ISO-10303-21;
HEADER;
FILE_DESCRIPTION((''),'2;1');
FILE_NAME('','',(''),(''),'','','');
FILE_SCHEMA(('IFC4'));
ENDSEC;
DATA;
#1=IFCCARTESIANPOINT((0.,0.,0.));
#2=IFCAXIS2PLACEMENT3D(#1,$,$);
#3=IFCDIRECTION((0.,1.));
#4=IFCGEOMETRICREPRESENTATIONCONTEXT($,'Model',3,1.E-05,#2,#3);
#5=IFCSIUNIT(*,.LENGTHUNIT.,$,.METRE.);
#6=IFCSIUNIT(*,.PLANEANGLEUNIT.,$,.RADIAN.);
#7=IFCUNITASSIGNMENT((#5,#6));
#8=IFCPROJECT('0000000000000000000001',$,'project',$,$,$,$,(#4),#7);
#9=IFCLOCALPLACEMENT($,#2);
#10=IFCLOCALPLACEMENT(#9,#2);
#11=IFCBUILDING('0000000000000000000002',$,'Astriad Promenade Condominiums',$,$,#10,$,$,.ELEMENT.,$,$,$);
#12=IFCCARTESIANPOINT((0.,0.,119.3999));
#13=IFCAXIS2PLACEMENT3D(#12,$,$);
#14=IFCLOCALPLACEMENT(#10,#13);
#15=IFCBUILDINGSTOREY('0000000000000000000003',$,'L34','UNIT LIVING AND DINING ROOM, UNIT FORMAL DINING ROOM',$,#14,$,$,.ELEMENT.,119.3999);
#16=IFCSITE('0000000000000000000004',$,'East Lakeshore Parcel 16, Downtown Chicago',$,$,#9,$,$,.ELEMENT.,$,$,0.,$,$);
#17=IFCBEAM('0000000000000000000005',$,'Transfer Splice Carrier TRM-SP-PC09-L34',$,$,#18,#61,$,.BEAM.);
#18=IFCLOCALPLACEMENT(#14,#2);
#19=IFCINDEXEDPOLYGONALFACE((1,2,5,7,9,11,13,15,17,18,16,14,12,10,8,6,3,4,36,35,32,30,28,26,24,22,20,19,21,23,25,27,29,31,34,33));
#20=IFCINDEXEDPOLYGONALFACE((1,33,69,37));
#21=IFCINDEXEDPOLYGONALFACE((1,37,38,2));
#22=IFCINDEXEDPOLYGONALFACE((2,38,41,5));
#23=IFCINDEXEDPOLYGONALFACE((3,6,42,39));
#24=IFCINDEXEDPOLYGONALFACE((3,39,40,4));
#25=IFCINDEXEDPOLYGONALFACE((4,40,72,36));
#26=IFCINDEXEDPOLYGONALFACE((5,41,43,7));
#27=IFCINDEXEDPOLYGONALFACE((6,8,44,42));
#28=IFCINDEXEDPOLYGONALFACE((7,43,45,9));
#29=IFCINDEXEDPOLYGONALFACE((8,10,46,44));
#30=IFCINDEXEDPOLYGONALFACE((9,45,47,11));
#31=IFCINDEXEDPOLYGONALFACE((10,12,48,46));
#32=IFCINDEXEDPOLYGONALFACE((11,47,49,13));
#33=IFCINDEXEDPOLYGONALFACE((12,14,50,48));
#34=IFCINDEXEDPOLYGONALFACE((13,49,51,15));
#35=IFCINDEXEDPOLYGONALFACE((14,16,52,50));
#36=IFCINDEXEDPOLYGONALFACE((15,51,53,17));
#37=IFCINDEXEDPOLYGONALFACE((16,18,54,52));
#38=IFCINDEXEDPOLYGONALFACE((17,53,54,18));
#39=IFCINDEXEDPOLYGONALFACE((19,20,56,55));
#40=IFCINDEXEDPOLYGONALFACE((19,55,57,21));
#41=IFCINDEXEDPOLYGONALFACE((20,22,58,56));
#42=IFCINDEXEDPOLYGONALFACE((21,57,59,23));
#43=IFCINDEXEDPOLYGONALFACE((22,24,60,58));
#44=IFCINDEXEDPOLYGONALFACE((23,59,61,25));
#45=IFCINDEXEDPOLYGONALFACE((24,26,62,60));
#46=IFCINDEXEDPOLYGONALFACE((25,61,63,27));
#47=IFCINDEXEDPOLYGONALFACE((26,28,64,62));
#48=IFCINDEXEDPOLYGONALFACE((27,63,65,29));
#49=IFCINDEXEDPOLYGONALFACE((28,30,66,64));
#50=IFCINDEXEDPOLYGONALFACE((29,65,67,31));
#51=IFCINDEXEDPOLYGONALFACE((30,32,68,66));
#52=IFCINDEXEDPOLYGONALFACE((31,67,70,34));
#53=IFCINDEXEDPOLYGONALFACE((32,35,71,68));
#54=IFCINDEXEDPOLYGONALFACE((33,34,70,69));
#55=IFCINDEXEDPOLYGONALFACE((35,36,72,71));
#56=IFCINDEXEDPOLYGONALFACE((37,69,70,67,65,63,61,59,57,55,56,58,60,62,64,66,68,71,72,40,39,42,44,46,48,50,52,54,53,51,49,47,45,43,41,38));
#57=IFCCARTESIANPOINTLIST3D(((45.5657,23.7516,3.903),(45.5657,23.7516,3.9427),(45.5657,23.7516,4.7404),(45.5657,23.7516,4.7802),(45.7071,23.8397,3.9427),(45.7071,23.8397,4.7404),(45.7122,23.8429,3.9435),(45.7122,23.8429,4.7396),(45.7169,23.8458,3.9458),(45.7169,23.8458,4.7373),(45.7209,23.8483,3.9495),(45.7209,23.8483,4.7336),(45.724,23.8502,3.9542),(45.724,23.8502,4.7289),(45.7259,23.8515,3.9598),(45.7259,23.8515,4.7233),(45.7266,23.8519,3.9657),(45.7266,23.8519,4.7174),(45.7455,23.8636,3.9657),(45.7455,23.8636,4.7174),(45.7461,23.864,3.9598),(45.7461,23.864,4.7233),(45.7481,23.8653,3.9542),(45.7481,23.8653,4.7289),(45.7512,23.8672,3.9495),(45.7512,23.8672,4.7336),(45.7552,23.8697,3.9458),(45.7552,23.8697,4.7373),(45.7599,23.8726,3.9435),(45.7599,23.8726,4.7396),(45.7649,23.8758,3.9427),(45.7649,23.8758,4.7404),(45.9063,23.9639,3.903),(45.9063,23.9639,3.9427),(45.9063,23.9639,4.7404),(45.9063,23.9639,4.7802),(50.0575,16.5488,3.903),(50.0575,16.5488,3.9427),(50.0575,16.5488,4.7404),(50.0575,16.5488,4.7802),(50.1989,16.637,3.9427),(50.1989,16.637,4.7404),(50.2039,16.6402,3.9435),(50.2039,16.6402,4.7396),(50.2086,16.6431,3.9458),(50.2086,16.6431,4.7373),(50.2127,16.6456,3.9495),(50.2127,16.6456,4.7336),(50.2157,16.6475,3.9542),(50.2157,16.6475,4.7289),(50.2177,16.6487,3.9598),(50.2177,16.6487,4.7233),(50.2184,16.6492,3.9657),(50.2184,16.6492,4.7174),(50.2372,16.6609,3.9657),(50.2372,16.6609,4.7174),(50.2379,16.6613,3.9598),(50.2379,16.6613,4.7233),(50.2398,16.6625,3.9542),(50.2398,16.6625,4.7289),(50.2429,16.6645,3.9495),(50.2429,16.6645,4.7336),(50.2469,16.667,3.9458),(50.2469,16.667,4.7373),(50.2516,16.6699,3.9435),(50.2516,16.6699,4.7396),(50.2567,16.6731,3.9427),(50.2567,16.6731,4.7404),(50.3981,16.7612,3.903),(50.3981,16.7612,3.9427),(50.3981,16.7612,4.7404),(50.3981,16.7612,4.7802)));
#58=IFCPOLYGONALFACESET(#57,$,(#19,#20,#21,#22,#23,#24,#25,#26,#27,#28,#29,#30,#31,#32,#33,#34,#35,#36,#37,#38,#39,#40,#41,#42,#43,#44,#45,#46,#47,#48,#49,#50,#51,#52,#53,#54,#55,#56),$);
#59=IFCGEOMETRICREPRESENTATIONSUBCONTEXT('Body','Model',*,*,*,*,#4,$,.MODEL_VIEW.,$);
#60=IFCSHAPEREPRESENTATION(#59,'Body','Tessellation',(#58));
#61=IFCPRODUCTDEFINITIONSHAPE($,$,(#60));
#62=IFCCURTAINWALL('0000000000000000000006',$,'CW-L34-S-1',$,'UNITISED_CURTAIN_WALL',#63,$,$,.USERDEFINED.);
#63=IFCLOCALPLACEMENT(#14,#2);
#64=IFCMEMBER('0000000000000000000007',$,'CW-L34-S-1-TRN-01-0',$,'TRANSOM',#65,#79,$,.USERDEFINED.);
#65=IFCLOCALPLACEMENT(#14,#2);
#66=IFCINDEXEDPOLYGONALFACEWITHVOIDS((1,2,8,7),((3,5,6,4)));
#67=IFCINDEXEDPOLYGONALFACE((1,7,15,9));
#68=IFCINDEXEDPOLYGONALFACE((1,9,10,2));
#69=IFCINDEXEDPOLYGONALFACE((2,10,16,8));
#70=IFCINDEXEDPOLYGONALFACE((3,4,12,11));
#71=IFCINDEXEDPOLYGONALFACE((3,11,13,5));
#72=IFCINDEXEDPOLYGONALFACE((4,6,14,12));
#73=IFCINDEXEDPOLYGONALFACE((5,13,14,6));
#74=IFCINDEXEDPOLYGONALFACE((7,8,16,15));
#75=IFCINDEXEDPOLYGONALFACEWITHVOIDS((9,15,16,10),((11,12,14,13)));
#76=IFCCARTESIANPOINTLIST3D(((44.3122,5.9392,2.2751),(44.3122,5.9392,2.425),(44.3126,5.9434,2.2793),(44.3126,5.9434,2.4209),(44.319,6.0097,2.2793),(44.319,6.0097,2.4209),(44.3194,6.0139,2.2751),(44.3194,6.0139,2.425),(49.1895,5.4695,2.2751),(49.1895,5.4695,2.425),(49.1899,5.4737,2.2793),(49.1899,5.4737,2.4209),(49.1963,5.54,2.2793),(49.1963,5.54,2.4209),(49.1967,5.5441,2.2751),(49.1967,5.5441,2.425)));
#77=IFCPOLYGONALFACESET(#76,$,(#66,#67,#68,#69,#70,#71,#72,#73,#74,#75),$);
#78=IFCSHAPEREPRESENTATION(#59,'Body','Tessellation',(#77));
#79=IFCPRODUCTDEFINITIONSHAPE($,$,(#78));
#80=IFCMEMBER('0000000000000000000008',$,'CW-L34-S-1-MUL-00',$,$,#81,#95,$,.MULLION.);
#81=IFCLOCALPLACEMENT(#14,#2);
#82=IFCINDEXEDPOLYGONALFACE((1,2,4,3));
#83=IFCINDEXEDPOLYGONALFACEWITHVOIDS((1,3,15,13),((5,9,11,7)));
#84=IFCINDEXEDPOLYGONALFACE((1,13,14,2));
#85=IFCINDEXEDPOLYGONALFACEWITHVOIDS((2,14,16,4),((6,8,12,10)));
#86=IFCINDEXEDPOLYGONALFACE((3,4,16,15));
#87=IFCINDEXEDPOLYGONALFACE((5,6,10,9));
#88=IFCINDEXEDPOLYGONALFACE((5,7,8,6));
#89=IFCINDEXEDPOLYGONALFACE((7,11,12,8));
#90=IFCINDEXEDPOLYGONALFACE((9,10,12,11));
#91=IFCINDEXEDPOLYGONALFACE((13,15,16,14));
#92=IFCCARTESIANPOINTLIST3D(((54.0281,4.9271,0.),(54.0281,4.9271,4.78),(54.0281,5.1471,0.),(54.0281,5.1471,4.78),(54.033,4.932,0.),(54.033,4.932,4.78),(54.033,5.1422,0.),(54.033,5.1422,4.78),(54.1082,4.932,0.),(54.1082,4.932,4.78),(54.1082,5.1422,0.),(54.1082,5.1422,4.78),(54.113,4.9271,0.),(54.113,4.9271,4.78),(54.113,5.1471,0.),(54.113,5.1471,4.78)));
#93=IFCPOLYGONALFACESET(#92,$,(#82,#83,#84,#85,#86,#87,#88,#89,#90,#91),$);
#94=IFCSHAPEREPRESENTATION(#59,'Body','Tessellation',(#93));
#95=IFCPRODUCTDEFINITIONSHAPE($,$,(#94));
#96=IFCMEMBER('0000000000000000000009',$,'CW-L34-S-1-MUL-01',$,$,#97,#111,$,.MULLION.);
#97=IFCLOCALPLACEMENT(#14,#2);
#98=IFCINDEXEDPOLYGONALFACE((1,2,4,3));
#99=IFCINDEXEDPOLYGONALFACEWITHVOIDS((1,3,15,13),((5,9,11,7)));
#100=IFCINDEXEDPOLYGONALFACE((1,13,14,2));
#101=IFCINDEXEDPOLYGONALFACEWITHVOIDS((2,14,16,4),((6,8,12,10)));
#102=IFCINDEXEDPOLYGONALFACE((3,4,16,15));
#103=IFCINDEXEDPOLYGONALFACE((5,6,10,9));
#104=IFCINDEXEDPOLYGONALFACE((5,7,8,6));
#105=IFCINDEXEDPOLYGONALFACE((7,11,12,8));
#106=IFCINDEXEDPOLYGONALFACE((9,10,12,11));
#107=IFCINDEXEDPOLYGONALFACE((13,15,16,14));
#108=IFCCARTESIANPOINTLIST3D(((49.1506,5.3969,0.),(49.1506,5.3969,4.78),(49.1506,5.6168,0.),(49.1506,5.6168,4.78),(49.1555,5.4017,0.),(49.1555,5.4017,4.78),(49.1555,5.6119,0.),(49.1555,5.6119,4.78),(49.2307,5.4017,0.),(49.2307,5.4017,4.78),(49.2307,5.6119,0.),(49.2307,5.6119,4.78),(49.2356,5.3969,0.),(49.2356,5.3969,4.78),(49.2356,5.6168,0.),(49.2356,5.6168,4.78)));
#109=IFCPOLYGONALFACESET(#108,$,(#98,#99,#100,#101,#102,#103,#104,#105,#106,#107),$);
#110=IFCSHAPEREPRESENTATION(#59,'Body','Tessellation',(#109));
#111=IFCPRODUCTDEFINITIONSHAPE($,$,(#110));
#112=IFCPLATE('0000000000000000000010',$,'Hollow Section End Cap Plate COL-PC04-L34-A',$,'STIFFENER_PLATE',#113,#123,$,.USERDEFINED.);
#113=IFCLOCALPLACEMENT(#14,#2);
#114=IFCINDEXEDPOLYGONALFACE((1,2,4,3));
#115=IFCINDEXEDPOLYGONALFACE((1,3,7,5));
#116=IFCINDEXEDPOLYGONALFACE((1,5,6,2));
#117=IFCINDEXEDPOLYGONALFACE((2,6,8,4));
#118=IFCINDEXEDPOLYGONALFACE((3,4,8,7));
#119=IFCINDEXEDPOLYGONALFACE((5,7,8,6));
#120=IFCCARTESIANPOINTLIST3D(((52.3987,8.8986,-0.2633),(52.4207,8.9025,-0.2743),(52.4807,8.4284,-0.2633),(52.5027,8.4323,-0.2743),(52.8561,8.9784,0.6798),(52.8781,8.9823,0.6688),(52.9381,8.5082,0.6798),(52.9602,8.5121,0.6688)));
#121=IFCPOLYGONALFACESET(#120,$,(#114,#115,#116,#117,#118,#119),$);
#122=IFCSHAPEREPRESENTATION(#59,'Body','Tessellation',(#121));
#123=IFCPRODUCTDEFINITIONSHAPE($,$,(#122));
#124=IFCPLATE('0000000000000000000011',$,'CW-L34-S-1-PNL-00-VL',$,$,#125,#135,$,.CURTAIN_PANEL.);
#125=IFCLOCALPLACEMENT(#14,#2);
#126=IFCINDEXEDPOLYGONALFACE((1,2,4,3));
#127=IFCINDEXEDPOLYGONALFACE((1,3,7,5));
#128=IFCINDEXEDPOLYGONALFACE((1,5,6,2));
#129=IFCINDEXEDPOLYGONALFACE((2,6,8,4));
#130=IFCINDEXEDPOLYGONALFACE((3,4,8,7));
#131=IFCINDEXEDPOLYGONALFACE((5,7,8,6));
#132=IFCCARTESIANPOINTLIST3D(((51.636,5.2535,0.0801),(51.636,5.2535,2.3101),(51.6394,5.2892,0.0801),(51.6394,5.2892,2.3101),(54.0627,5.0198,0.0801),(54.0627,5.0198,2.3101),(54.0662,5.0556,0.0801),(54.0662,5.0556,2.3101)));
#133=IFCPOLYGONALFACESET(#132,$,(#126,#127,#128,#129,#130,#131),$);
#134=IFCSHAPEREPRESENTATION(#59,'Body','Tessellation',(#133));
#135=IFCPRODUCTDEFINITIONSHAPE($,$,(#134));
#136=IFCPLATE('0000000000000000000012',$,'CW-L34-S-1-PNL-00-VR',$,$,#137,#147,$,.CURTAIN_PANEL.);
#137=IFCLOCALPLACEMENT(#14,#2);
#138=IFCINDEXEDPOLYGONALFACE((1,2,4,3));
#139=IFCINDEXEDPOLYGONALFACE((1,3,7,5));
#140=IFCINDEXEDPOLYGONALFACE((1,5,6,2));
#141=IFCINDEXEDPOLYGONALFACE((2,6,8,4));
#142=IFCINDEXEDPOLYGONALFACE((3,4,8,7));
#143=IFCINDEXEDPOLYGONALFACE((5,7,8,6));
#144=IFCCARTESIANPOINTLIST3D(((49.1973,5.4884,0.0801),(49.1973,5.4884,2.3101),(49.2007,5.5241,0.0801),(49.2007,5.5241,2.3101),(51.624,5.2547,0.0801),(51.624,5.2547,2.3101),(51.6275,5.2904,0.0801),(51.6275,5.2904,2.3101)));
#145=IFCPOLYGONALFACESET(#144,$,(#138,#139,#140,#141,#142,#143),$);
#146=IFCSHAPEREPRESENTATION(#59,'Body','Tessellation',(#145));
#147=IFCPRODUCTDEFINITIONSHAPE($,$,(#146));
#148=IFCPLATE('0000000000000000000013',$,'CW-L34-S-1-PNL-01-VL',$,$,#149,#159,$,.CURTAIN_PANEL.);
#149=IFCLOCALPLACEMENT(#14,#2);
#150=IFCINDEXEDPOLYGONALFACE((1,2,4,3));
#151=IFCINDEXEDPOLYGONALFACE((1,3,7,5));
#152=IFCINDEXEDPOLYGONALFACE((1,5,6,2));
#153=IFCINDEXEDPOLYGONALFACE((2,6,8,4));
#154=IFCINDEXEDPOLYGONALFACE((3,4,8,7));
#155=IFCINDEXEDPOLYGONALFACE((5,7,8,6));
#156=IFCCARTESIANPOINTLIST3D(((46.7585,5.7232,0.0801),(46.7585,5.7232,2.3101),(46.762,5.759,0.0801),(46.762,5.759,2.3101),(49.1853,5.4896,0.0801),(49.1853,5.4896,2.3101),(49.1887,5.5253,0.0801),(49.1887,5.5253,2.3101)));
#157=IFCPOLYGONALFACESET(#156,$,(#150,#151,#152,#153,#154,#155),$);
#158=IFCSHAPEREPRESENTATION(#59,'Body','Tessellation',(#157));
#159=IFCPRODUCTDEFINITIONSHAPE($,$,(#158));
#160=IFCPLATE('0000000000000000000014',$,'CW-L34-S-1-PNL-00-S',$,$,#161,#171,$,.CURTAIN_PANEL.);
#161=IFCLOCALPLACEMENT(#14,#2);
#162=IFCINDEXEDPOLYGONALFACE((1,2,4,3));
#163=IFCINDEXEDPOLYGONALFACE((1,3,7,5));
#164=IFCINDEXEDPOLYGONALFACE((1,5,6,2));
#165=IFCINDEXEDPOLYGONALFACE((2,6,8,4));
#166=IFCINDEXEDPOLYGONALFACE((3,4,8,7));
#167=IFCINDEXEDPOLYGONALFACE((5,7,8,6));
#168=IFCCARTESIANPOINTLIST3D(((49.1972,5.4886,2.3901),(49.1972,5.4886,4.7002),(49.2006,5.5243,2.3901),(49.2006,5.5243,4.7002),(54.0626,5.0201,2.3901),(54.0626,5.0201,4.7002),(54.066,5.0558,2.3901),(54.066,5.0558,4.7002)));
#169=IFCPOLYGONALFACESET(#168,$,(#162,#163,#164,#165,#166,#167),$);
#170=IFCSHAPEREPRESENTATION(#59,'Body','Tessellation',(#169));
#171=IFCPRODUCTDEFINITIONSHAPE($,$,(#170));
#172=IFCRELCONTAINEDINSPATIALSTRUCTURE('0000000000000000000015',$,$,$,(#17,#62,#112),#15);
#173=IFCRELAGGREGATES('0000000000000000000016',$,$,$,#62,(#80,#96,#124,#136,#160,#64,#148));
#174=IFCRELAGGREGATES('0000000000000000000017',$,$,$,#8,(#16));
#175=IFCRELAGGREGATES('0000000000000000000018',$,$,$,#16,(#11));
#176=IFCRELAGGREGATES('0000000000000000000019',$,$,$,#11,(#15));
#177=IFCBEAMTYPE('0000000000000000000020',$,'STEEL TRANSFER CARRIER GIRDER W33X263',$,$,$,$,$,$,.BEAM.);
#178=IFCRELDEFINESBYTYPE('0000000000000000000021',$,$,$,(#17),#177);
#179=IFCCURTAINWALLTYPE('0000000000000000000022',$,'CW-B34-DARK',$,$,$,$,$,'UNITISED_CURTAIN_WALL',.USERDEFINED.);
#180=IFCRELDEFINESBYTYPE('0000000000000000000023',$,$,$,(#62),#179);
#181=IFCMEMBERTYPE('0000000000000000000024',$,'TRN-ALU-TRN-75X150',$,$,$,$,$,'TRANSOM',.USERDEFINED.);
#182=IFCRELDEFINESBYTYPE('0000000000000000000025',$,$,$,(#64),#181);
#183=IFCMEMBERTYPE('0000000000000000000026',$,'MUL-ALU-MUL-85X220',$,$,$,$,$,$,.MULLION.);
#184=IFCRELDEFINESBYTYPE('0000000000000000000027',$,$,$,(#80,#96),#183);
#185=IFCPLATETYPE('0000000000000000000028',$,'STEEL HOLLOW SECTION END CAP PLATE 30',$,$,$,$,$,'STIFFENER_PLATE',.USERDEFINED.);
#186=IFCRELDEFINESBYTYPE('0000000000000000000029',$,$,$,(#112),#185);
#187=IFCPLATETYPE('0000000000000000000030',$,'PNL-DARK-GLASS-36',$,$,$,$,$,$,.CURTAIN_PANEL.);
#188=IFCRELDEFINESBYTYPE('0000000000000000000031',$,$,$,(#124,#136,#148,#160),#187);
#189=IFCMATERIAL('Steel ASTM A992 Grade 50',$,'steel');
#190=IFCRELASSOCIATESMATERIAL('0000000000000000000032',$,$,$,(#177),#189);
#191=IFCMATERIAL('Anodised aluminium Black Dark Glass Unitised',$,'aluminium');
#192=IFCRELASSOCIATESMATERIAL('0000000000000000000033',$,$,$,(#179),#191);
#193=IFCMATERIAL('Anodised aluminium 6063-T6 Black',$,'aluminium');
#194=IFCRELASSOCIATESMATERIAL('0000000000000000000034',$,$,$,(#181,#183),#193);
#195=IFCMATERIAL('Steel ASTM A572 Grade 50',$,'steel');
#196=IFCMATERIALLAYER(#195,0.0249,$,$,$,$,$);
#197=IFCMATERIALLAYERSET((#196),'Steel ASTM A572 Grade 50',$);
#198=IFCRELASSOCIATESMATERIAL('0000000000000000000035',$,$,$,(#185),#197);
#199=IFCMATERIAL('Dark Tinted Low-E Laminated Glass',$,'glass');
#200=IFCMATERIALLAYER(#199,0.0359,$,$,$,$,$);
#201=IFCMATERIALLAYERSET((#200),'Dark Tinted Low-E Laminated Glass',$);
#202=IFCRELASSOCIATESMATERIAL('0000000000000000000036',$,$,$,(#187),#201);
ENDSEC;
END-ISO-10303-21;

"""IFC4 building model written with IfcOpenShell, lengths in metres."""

from ifc_helpers import new_model, si_unit, direction, frame, origin, origin_2d, place, context, subcontext, project, spatial, rectangle, hollow_rectangle, i_section, extrude, source, transform, mapped, material, layer, layer_set, material_profile, profile_set, type_object, type_shapes, element, aggregate, save


model = new_model("IFC4")

# Units and contexts
model_context = context("Model", 3, precision=1e-05, world=origin(), true_north=direction((0.0, 1.0)))
body_context = subcontext(model_context, "Body", "Model", "MODEL_VIEW")
ifc_project = project(units=[si_unit("LENGTHUNIT", "METRE"), si_unit("PLANEANGLEUNIT", "RADIAN")], contexts=[model_context])

# Site, building, storey
site_placement = place(None, origin())
site = spatial("IfcSite", under=ifc_project, at=site_placement, Name="East Lakeshore Parcel 16, Downtown Chicago", CompositionType="ELEMENT", RefElevation=0.0)
building_placement = place(site_placement, origin())
building = spatial("IfcBuilding", under=site, at=building_placement, Name="Astriad Promenade Condominiums", CompositionType="ELEMENT")
storey_placement = place(building_placement, frame((0.0, 0.0, 119.3999)))
storey = spatial("IfcBuildingStorey", under=building, at=storey_placement, Name="L34", Description="UNIT LIVING AND DINING ROOM, UNIT FORMAL DINING ROOM", CompositionType="ELEMENT", Elevation=119.3999)

# Shared definitions
ifc_material_1 = material(Name="Steel ASTM A992 Grade 50", Category="steel")

# Beam
ifc_material_profile_1 = material_profile(ifc_material_1, i_section(OverallWidth=0.4014, OverallDepth=0.8772, WebThickness=0.0222, FlangeThickness=0.0398, FilletRadius=0.0229, at=origin_2d()), Name="W33X263")
ifc_profile_set_1 = profile_set([ifc_material_profile_1], Name="Steel ASTM A992 Grade 50")
beam_type_1 = type_object("IfcBeamType", Name="STEEL TRANSFER CARRIER GIRDER W33X263", PredefinedType="BEAM", material=ifc_profile_set_1)
shared_shape_1 = source(origin(), body_context, "Body", "SweptSolid", [
    extrude(i_section(OverallWidth=0.4014, OverallDepth=0.8772, WebThickness=0.0222, FlangeThickness=0.0398, FilletRadius=0.0229, at=origin_2d()), origin(), (0.0, 0.0, 1.0), 8.4885),
])
beam_1_placement = place(storey_placement, frame((50.2278, 16.655, 4.3416), z_axis=(-0.529156, 0.848525, 0.0), x_axis=(-0.848525, -0.529156, 0.0)))
element("IfcBeam", 1, at=beam_1_placement, inside=storey, type_object=beam_type_1, Name="Transfer Splice Carrier TRM-SP-PC09-L34", PredefinedType="BEAM", context=body_context, shape_type="MappedRepresentation", body=[
    mapped(shared_shape_1, transform((0.0, 0.0, 0.0), scale=1.0)),
])

# Curtain wall, members
ifc_material_2 = material(Name="Anodised aluminium Black Dark Glass Unitised", Category="aluminium")
curtain_wall_type = type_object("IfcCurtainWallType", Name="CW-B34-DARK", ElementType="UNITISED_CURTAIN_WALL", PredefinedType="USERDEFINED", material=ifc_material_2)
curtain_wall_placement = place(storey_placement, origin())
curtain_wall = element("IfcCurtainWall", 2, at=curtain_wall_placement, inside=storey, type_object=curtain_wall_type, Name="CW-L34-S-1", ObjectType="UNITISED_CURTAIN_WALL", PredefinedType="USERDEFINED")
ifc_material_3 = material(Name="Anodised aluminium 6063-T6 Black", Category="aluminium")
ifc_material_profile_2 = material_profile(ifc_material_3, hollow_rectangle(XDim=0.075, YDim=0.1499, WallThickness=0.0042, at=origin_2d()), Name="ALU-TRN-75X150")
ifc_profile_set_2 = profile_set([ifc_material_profile_2], Name="Anodised aluminium 6063-T6 Black")
member_type_1 = type_object("IfcMemberType", Name="TRN-ALU-TRN-75X150", ElementType="TRANSOM", PredefinedType="USERDEFINED", material=ifc_profile_set_2)
shared_shape_2 = source(origin(), body_context, "Body", "SweptSolid", [
    extrude(hollow_rectangle(XDim=0.075, YDim=0.1499, WallThickness=0.0042, at=origin_2d()), origin(), (0.0, 0.0, 1.0), 4.8999),
])
type_shapes(member_type_1, [shared_shape_2])
member_1_placement = place(storey_placement, frame((49.1931, 5.5068, 2.3501), z_axis=(-0.995395, 0.095862, 0.0), x_axis=(-0.095862, -0.995395, 0.0)))
member_1 = element("IfcMember", 3, at=member_1_placement, type_object=member_type_1, Name="CW-L34-S-1-TRN-01-0", ObjectType="TRANSOM", PredefinedType="USERDEFINED", context=body_context, shape_type="MappedRepresentation", body=[
    mapped(shared_shape_2, transform((0.0, 0.0, 0.0), scale=1.0)),
])
ifc_material_profile_3 = material_profile(ifc_material_3, hollow_rectangle(XDim=0.085, YDim=0.22, WallThickness=0.0049, at=origin_2d()), Name="ALU-MUL-85X220")
ifc_profile_set_3 = profile_set([ifc_material_profile_3], Name="Anodised aluminium 6063-T6 Black")
member_type_2 = type_object("IfcMemberType", Name="MUL-ALU-MUL-85X220", PredefinedType="MULLION", material=ifc_profile_set_3)
shared_shape_3 = source(origin(), body_context, "Body", "SweptSolid", [
    extrude(hollow_rectangle(XDim=0.085, YDim=0.22, WallThickness=0.0049, at=origin_2d()), origin(), (0.0, 0.0, 1.0), 4.78),
])
type_shapes(member_type_2, [shared_shape_3])
member_2_placement = place(storey_placement, frame((54.0706, 5.0371, 0.0), z_axis=(0.0, 0.0, 1.0), x_axis=(1.0, 0.0, 0.0)))
member_2 = element("IfcMember", 4, at=member_2_placement, type_object=member_type_2, Name="CW-L34-S-1-MUL-00", PredefinedType="MULLION", context=body_context, shape_type="MappedRepresentation", body=[
    mapped(shared_shape_3, transform((0.0, 0.0, 0.0), scale=1.0)),
])
member_3_placement = place(storey_placement, frame((49.1931, 5.5068, 0.0), z_axis=(0.0, 0.0, 1.0), x_axis=(1.0, 0.0, 0.0)))
member_3 = element("IfcMember", 5, at=member_3_placement, type_object=member_type_2, Name="CW-L34-S-1-MUL-01", PredefinedType="MULLION", context=body_context, shape_type="MappedRepresentation", body=[
    mapped(shared_shape_3, transform((0.0, 0.0, 0.0), scale=1.0)),
])

# Plates
ifc_material_4 = material(Name="Steel ASTM A572 Grade 50", Category="steel")
ifc_layer_1 = layer(ifc_material_4, 0.0249)
ifc_layer_set_1 = layer_set([ifc_layer_1], Name="Steel ASTM A572 Grade 50")
plate_type_1 = type_object("IfcPlateType", Name="STEEL HOLLOW SECTION END CAP PLATE 30", ElementType="STIFFENER_PLATE", PredefinedType="USERDEFINED", material=ifc_layer_set_1)
shared_shape_4 = source(origin(), body_context, "Body", "SweptSolid", [
    extrude(rectangle(XDim=0.4773, YDim=1.0513, at=origin_2d()), origin(), (0.0, 0.0, 1.0), 0.0249),
])
type_shapes(plate_type_1, [shared_shape_4])
plate_1_placement = place(storey_placement, frame((52.6904, 8.7073, 0.1973), z_axis=(-0.883821, -0.154153, 0.441698), x_axis=(0.171823, -0.985128, 0.0)))
element("IfcPlate", 6, at=plate_1_placement, inside=storey, type_object=plate_type_1, Name="Hollow Section End Cap Plate COL-PC04-L34-A", ObjectType="STIFFENER_PLATE", PredefinedType="USERDEFINED", context=body_context, shape_type="MappedRepresentation", body=[
    mapped(shared_shape_4, transform((0.0, 0.0, 0.0), scale=1.0)),
])
ifc_material_5 = material(Name="Dark Tinted Low-E Laminated Glass", Category="glass")
ifc_layer_2 = layer(ifc_material_5, 0.0359)
ifc_layer_set_2 = layer_set([ifc_layer_2], Name="Dark Tinted Low-E Laminated Glass")
plate_type_2 = type_object("IfcPlateType", Name="PNL-DARK-GLASS-36", PredefinedType="CURTAIN_PANEL", material=ifc_layer_set_2)
shared_shape_5 = source(origin(), body_context, "Body", "SweptSolid", [
    extrude(rectangle(XDim=2.438, YDim=0.0359, at=origin_2d()), origin(), (0.0, 0.0, 1.0), 2.23),
])
plate_2_placement = place(storey_placement, frame((52.8511, 5.1545, 0.0801), z_axis=(0.0, 0.0, 1.0), x_axis=(-0.995396, 0.095846, 0.0)))
plate_2 = element("IfcPlate", 7, at=plate_2_placement, type_object=plate_type_2, Name="CW-L34-S-1-PNL-00-VL", PredefinedType="CURTAIN_PANEL", context=body_context, shape_type="MappedRepresentation", body=[
    mapped(shared_shape_5, transform((0.0, 0.0, 0.0), scale=1.0)),
])
plate_3_placement = place(storey_placement, frame((50.4124, 5.3894, 0.0801), z_axis=(0.0, 0.0, 1.0), x_axis=(-0.995396, 0.095846, 0.0)))
plate_3 = element("IfcPlate", 8, at=plate_3_placement, type_object=plate_type_2, Name="CW-L34-S-1-PNL-00-VR", PredefinedType="CURTAIN_PANEL", context=body_context, shape_type="MappedRepresentation", body=[
    mapped(shared_shape_5, transform((0.0, 0.0, 0.0), scale=1.0)),
])
plate_4_placement = place(storey_placement, frame((47.9736, 5.6243, 0.0801), z_axis=(0.0, 0.0, 1.0), x_axis=(-0.995396, 0.095846, 0.0)))
plate_4 = element("IfcPlate", 9, at=plate_4_placement, type_object=plate_type_2, Name="CW-L34-S-1-PNL-01-VL", PredefinedType="CURTAIN_PANEL", context=body_context, shape_type="MappedRepresentation", body=[
    mapped(shared_shape_5, transform((0.0, 0.0, 0.0), scale=1.0)),
])
shared_shape_6 = source(origin(), body_context, "Body", "SweptSolid", [
    extrude(rectangle(XDim=4.8879, YDim=0.0359, at=origin_2d()), origin(), (0.0, 0.0, 1.0), 2.3101),
])
type_shapes(plate_type_2, [shared_shape_5, shared_shape_6])
plate_5_placement = place(storey_placement, frame((51.6316, 5.2722, 2.3901), z_axis=(0.0, 0.0, 1.0), x_axis=(-0.995396, 0.095846, 0.0)))
plate_5 = element("IfcPlate", 10, at=plate_5_placement, type_object=plate_type_2, Name="CW-L34-S-1-PNL-00-S", PredefinedType="CURTAIN_PANEL", context=body_context, shape_type="MappedRepresentation", body=[
    mapped(shared_shape_6, transform((0.0, 0.0, 0.0), scale=1.0)),
])
aggregate(curtain_wall, [member_2, member_3, plate_2, plate_3, plate_5, member_1, plate_4])

save(model, "model.ifc")
